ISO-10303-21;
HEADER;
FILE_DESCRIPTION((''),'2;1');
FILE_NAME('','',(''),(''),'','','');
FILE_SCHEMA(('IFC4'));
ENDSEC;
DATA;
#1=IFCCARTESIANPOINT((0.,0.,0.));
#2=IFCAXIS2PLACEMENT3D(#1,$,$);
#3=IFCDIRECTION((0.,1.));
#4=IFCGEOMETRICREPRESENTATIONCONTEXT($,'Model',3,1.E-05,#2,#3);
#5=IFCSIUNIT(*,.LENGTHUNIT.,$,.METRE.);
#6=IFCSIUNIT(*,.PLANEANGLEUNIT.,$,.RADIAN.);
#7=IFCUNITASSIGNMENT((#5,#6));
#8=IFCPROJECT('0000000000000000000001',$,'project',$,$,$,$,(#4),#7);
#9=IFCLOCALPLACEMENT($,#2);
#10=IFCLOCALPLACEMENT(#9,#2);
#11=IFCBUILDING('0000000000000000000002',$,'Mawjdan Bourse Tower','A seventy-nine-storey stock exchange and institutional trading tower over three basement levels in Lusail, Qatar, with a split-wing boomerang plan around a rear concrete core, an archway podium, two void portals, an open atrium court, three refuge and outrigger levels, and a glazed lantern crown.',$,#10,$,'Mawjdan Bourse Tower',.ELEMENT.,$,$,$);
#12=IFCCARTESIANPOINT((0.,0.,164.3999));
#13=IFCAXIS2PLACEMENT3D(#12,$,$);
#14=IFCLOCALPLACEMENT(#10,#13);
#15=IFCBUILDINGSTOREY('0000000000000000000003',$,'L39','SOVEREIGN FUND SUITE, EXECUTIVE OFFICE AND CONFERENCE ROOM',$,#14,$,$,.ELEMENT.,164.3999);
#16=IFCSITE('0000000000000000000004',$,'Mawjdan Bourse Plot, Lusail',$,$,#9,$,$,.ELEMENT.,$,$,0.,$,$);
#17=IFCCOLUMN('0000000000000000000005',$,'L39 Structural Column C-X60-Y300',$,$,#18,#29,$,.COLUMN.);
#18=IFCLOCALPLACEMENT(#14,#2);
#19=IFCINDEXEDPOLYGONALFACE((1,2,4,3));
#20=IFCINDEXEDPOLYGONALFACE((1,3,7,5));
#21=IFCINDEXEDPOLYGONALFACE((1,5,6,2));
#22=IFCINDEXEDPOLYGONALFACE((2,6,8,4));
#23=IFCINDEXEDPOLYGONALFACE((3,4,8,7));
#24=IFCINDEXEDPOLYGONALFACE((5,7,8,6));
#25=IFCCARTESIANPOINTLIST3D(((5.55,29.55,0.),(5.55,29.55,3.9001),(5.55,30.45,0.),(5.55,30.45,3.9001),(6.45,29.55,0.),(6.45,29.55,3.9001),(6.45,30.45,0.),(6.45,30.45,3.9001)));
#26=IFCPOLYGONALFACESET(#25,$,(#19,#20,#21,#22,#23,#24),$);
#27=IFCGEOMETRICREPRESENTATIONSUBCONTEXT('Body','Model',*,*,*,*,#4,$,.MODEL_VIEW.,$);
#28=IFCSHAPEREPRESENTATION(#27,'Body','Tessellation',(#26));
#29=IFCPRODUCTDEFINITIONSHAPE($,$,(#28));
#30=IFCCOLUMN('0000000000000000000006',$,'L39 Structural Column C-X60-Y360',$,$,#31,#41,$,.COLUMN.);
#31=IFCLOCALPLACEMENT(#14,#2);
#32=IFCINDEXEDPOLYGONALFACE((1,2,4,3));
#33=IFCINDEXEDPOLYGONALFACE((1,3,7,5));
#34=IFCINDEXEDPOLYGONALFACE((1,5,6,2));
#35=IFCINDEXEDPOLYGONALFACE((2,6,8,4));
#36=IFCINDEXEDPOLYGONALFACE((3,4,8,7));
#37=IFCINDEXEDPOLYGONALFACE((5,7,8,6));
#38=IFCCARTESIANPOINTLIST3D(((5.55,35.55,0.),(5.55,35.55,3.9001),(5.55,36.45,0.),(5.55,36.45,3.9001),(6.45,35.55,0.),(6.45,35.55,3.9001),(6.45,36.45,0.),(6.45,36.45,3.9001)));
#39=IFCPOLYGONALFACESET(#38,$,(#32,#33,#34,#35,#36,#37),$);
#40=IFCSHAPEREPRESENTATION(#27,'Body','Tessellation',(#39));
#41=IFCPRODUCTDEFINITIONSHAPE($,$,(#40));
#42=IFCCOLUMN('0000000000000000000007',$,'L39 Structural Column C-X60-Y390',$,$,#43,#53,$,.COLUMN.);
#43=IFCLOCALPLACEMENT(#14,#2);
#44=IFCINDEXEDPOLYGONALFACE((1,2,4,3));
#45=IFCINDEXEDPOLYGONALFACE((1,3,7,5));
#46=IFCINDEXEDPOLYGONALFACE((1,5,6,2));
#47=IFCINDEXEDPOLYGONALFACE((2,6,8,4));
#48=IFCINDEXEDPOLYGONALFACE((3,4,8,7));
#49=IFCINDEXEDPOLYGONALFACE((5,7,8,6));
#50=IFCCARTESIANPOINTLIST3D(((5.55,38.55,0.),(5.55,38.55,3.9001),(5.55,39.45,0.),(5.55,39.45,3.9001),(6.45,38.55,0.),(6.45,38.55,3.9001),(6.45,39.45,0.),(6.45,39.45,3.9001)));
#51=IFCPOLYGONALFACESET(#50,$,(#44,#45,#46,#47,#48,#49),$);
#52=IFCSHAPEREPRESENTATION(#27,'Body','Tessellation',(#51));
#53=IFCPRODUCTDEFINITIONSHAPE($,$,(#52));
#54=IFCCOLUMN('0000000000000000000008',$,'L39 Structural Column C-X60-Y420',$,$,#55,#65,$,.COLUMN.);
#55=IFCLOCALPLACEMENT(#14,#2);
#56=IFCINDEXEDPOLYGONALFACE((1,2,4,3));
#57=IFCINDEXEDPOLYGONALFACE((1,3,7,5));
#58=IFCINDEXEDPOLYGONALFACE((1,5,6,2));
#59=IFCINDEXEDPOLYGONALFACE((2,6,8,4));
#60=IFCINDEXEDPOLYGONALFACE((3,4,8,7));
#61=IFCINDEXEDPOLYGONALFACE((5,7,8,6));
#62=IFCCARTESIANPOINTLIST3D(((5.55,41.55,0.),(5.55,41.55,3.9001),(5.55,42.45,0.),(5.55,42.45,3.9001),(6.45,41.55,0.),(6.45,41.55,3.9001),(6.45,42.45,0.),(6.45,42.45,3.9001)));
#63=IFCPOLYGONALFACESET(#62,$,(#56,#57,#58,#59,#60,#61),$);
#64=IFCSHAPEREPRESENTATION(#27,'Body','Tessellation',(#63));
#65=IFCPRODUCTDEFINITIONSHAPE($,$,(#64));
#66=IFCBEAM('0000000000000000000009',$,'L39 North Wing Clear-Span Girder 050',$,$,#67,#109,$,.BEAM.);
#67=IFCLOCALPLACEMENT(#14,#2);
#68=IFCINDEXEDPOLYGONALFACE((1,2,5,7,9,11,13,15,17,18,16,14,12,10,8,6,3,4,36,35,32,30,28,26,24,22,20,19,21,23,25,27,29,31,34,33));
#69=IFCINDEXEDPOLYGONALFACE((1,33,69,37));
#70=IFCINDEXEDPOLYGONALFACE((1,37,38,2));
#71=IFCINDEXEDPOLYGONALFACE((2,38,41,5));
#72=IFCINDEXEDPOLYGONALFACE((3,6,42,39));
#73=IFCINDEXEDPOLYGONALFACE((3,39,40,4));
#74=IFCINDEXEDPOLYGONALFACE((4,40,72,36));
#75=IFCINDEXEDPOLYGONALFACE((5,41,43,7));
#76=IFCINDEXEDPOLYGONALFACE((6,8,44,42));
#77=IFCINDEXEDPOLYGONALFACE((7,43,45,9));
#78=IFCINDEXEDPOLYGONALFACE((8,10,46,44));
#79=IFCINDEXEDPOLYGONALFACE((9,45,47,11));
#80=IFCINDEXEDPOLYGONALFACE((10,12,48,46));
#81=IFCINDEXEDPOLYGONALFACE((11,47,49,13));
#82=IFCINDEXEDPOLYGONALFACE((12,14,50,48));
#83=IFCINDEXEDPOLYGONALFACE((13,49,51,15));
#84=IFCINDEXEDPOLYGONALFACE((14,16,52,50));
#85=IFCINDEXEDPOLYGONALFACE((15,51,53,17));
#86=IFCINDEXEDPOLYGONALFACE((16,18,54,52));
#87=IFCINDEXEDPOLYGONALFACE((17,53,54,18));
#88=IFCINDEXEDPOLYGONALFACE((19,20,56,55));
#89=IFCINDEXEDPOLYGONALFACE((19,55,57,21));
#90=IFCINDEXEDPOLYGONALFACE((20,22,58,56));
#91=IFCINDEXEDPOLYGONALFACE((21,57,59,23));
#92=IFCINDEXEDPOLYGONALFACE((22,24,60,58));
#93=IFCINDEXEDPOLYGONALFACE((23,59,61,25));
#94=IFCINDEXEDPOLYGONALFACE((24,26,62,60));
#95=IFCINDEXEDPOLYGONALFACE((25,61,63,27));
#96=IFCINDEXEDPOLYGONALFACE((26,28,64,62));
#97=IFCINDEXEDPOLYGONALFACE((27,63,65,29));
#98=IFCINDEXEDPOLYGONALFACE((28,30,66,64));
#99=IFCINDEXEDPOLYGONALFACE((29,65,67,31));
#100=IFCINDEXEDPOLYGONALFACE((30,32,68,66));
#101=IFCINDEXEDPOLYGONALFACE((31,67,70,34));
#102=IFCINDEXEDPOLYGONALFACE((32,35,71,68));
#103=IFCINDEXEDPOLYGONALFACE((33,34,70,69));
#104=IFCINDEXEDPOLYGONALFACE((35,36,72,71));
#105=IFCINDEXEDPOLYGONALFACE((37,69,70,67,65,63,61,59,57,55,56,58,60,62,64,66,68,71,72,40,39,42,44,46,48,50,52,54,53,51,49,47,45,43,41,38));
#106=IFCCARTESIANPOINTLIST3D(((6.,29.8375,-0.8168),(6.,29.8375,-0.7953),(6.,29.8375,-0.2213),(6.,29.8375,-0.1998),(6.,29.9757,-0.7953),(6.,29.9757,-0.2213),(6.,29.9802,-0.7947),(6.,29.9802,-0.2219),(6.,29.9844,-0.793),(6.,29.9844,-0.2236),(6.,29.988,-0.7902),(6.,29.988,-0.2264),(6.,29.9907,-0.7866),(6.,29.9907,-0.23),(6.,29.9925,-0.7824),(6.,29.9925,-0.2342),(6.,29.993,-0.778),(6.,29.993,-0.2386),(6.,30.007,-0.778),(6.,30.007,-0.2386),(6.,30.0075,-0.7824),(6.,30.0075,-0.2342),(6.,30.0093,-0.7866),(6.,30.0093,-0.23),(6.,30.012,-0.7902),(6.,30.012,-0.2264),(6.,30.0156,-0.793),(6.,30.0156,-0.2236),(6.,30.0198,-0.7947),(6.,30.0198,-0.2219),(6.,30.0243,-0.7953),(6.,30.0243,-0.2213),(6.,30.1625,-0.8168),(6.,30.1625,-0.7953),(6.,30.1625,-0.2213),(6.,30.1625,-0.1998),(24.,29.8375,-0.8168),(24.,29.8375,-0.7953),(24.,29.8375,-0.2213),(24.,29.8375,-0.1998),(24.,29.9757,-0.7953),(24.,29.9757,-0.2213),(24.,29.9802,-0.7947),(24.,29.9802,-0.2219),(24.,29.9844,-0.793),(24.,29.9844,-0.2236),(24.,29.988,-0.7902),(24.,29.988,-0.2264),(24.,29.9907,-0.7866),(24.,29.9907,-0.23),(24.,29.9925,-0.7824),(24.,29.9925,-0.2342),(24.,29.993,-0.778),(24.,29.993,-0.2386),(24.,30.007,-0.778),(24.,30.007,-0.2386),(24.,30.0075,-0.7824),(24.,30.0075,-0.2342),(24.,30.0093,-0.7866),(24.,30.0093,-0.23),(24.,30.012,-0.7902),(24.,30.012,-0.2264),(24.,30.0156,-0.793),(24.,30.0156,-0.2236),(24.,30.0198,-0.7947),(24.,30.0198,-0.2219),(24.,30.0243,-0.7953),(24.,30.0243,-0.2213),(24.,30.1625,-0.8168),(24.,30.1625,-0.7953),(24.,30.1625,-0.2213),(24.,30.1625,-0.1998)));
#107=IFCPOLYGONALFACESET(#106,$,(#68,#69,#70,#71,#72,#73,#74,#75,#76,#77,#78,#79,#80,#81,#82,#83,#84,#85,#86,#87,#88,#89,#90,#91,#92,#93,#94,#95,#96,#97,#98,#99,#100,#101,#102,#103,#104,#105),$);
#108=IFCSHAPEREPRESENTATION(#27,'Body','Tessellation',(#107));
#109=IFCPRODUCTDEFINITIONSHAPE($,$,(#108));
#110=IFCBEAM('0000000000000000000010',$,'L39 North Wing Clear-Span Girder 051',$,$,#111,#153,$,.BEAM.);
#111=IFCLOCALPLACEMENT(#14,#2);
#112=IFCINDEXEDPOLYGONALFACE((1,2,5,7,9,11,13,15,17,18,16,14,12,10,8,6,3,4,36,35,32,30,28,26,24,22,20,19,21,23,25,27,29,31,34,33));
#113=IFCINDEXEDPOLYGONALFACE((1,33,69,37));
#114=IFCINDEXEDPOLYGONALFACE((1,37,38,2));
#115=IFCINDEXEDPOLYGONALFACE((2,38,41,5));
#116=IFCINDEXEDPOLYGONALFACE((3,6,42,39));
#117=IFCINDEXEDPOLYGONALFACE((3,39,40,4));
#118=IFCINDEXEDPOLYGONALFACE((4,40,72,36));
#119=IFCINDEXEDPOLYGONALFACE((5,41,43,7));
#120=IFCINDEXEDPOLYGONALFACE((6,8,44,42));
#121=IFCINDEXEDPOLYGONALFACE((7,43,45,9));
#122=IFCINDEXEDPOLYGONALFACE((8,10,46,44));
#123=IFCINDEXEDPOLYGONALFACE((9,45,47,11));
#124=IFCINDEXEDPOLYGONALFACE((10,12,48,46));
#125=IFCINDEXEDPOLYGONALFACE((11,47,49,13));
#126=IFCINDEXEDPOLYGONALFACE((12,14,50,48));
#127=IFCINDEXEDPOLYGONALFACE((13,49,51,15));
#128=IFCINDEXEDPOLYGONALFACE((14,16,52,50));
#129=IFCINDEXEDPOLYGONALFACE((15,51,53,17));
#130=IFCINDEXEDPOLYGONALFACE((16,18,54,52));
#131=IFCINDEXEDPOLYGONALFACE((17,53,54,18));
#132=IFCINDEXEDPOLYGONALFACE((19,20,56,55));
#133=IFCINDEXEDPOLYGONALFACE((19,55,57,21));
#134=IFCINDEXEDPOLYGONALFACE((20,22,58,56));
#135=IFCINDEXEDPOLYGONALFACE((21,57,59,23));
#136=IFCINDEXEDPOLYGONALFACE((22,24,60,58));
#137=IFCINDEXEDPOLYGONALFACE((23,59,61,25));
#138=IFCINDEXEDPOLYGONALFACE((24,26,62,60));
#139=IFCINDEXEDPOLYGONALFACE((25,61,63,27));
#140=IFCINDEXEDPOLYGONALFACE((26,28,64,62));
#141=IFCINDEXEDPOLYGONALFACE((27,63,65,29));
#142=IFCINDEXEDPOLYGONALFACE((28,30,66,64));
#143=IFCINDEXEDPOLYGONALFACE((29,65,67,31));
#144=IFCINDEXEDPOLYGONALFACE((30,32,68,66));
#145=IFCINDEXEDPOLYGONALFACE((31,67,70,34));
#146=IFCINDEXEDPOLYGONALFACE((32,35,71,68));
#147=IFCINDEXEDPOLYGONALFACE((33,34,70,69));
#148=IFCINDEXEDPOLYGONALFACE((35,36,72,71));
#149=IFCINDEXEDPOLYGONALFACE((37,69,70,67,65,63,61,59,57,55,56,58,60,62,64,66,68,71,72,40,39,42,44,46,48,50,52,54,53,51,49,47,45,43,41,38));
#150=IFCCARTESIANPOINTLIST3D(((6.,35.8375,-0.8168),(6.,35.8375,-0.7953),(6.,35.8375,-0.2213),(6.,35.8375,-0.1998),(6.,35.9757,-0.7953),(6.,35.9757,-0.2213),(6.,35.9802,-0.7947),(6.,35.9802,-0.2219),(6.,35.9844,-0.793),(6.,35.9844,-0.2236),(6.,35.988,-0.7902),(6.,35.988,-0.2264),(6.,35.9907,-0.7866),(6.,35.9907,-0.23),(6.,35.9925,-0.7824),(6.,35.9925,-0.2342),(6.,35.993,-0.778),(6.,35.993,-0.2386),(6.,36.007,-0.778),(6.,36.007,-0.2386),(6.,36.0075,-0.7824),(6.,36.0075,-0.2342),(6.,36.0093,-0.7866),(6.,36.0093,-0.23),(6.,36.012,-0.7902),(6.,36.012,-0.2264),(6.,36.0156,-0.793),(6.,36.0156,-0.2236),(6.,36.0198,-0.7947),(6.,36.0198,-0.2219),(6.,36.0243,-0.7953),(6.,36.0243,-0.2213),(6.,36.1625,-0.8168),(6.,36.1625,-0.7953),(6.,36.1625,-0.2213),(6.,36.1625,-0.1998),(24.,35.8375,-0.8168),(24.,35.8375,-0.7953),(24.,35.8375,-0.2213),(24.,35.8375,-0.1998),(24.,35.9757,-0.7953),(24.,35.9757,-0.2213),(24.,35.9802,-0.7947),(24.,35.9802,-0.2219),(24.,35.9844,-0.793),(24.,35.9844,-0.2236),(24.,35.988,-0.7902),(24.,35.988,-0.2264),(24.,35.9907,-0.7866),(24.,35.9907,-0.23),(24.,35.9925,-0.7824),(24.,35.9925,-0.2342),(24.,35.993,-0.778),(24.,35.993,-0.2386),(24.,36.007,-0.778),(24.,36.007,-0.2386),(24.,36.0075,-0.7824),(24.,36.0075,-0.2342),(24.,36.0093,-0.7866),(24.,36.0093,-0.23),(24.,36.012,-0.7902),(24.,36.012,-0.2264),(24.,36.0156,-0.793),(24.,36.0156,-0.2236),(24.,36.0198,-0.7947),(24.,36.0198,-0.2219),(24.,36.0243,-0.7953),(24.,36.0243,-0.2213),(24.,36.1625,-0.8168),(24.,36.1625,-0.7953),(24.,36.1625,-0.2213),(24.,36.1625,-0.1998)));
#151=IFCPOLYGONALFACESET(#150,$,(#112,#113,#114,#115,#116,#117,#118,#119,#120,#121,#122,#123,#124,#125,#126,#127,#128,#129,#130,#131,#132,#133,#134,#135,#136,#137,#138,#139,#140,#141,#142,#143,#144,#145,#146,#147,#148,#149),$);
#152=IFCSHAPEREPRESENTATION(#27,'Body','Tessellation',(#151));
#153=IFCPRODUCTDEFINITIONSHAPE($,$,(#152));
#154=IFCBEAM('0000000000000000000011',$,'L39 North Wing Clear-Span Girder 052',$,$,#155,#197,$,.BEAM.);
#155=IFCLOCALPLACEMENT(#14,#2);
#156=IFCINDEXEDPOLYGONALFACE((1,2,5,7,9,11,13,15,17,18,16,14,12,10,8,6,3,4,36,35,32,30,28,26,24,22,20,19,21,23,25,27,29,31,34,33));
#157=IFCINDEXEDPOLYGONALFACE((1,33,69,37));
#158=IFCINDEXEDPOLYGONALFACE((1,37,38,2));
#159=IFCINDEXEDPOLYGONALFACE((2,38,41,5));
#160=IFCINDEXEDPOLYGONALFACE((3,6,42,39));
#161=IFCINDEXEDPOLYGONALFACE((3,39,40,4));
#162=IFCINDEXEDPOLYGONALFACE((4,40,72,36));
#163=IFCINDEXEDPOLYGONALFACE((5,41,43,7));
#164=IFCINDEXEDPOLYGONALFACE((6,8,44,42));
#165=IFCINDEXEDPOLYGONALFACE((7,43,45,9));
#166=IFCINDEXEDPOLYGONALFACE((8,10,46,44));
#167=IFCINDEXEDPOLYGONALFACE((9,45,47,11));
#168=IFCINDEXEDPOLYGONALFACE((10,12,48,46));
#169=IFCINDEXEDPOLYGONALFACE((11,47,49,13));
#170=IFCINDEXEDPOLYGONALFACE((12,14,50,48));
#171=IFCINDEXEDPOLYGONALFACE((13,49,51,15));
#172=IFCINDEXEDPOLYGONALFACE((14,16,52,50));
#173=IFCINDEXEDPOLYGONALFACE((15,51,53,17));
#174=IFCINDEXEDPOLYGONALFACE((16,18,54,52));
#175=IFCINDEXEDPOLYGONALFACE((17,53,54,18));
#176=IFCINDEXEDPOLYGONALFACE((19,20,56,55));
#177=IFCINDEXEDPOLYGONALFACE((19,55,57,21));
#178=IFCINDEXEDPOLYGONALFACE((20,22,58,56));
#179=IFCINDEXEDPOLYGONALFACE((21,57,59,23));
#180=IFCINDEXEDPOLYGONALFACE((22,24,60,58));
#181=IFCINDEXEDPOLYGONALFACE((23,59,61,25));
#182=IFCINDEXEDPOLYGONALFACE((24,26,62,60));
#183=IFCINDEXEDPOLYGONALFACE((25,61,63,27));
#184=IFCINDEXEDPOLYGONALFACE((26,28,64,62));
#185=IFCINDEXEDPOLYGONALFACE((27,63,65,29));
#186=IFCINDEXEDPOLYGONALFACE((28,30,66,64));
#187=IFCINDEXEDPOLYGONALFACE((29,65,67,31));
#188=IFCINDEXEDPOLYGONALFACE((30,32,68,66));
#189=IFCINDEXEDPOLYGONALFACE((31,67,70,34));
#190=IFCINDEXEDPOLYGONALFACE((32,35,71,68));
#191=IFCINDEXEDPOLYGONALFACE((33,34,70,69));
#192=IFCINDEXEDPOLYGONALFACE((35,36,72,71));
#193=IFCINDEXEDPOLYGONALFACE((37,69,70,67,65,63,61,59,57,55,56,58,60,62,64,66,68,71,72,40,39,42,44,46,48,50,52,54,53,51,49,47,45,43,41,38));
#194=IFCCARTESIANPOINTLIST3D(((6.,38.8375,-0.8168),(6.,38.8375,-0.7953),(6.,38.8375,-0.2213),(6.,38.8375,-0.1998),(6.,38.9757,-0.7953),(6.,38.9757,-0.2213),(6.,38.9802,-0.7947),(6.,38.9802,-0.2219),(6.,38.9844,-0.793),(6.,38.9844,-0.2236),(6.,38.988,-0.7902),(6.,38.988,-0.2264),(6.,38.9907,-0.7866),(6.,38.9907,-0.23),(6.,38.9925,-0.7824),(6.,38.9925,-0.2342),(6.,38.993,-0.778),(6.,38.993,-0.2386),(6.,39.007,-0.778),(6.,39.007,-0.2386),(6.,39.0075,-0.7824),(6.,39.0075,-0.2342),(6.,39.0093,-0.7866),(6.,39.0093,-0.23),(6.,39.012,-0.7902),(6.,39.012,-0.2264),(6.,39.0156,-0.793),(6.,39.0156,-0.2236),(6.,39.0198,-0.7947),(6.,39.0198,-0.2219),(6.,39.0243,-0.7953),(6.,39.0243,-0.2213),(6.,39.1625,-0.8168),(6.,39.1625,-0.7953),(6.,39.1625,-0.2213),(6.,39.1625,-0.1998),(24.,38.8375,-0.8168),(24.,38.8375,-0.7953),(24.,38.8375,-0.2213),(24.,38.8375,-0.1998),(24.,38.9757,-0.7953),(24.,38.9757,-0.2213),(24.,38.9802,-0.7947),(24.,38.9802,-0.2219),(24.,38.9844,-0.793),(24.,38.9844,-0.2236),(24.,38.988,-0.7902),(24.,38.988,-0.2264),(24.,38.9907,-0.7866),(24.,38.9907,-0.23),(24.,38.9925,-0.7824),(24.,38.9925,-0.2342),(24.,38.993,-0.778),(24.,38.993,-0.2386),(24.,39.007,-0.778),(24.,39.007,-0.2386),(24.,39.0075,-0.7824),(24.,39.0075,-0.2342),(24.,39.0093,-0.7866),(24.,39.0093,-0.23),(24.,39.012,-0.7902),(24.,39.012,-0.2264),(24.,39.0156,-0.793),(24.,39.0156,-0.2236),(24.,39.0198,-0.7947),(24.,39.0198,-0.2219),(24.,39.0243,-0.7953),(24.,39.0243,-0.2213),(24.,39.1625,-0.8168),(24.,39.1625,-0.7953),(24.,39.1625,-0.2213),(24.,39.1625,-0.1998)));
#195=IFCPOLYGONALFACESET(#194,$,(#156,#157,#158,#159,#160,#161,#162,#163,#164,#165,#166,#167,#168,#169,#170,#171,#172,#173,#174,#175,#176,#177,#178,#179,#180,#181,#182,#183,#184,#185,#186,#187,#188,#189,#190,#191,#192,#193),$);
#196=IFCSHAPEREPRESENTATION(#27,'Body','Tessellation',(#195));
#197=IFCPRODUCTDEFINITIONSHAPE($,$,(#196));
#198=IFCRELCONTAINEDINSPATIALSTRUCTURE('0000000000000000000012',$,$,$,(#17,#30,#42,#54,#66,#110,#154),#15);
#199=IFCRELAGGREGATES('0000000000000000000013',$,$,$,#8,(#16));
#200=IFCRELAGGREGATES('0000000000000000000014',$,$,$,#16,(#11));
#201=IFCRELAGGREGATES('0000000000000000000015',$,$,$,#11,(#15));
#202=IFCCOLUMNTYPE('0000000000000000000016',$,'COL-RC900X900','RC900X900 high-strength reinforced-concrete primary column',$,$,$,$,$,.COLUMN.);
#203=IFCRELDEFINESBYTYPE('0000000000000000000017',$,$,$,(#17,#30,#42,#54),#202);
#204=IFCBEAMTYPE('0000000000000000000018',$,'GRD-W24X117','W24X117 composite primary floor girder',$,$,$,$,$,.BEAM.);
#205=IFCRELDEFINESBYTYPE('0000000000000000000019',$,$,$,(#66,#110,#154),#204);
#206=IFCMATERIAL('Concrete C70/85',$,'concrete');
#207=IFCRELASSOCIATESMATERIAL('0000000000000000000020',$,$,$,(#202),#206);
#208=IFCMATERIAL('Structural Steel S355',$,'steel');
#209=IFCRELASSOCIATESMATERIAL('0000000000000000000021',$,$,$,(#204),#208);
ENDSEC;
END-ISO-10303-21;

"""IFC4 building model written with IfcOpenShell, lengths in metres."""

from ifc_helpers import new_model, si_unit, direction, frame, origin, origin_2d, place, context, subcontext, project, spatial, rectangle, i_section, extrude, material, material_profile, profile_set, type_object, element, save


model = new_model("IFC4")

# Units and contexts
model_context = context("Model", 3, precision=1e-05, world=origin(), true_north=direction((0.0, 1.0)))
body_context = subcontext(model_context, "Body", "Model", "MODEL_VIEW")
ifc_project = project(units=[si_unit("LENGTHUNIT", "METRE"), si_unit("PLANEANGLEUNIT", "RADIAN")], contexts=[model_context])

# Site, building, storey
site_placement = place(None, origin())
site = spatial("IfcSite", under=ifc_project, at=site_placement, Name="Mawjdan Bourse Plot, Lusail", CompositionType="ELEMENT", RefElevation=0.0)
building_placement = place(site_placement, origin())
building = spatial("IfcBuilding", under=site, at=building_placement, Name="Mawjdan Bourse Tower", Description="A seventy-nine-storey stock exchange and institutional trading tower over three basement levels in Lusail, Qatar, with a split-wing boomerang plan around a rear concrete core, an archway podium, two void portals, an open atrium court, three refuge and outrigger levels, and a glazed lantern crown.", LongName="Mawjdan Bourse Tower", CompositionType="ELEMENT")
storey_placement = place(building_placement, frame((0.0, 0.0, 164.3999)))
storey = spatial("IfcBuildingStorey", under=building, at=storey_placement, Name="L39", Description="SOVEREIGN FUND SUITE, EXECUTIVE OFFICE AND CONFERENCE ROOM", CompositionType="ELEMENT", Elevation=164.3999)

# Columns
ifc_material_1 = material(Name="Concrete C70/85", Category="concrete")
ifc_material_profile_1 = material_profile(ifc_material_1, rectangle(XDim=0.8999, YDim=0.8999, at=origin_2d()), Name="RC900X900")
ifc_profile_set_1 = profile_set([ifc_material_profile_1], Name="Concrete C70/85")
column_type = type_object("IfcColumnType", Name="COL-RC900X900", Description="RC900X900 high-strength reinforced-concrete primary column", PredefinedType="COLUMN", material=ifc_profile_set_1)
for number, where, z_axis, x_axis, name in (
    (1, (6.0, 30.0, 0.0), (0.0, 0.0, 1.0), (1.0, 0.0, 0.0), "L39 Structural Column C-X60-Y300"),
    (2, (6.0, 36.0, 0.0), (0.0, 0.0, 1.0), (1.0, 0.0, 0.0), "L39 Structural Column C-X60-Y360"),
    (3, (6.0, 39.0, 0.0), (0.0, 0.0, 1.0), (1.0, 0.0, 0.0), "L39 Structural Column C-X60-Y390"),
    (4, (6.0, 42.0, 0.0), (0.0, 0.0, 1.0), (1.0, 0.0, 0.0), "L39 Structural Column C-X60-Y420"),
):
    element("IfcColumn", number, at=place(storey_placement, frame(where, z_axis=z_axis, x_axis=x_axis)), inside=storey, type_object=column_type, Name=name, PredefinedType="COLUMN", context=body_context, shape_type="SweptSolid", body=[
        extrude(rectangle(XDim=0.8999, YDim=0.8999, at=origin_2d()), origin(), (0.0, 0.0, 1.0), 3.9001),
    ])

# Beams
ifc_material_2 = material(Name="Structural Steel S355", Category="steel")
ifc_material_profile_2 = material_profile(ifc_material_2, i_section(OverallWidth=0.325, OverallDepth=0.6169, WebThickness=0.0139, FlangeThickness=0.0215, FilletRadius=0.0173, at=origin_2d()), Name="W24X117")
ifc_profile_set_2 = profile_set([ifc_material_profile_2], Name="Structural Steel S355")
beam_type_1 = type_object("IfcBeamType", Name="GRD-W24X117", Description="W24X117 composite primary floor girder", PredefinedType="BEAM", material=ifc_profile_set_2)
for number, where, z_axis, x_axis, name in (
    (5, (6.0, 30.0, -0.5083), (1.0, 0.0, 0.0), (0.0, 1.0, 0.0), "L39 North Wing Clear-Span Girder 050"),
    (6, (6.0, 36.0, -0.5083), (1.0, 0.0, 0.0), (0.0, 1.0, 0.0), "L39 North Wing Clear-Span Girder 051"),
    (7, (6.0, 39.0, -0.5083), (1.0, 0.0, 0.0), (0.0, 1.0, 0.0), "L39 North Wing Clear-Span Girder 052"),
):
    element("IfcBeam", number, at=place(storey_placement, frame(where, z_axis=z_axis, x_axis=x_axis)), inside=storey, type_object=beam_type_1, Name=name, PredefinedType="BEAM", context=body_context, shape_type="SweptSolid", body=[
        extrude(i_section(OverallWidth=0.325, OverallDepth=0.6169, WebThickness=0.0139, FlangeThickness=0.0215, FilletRadius=0.0173, at=origin_2d()), origin(), (0.0, 0.0, 1.0), 18.0),
    ])

save(model, "model.ifc")
